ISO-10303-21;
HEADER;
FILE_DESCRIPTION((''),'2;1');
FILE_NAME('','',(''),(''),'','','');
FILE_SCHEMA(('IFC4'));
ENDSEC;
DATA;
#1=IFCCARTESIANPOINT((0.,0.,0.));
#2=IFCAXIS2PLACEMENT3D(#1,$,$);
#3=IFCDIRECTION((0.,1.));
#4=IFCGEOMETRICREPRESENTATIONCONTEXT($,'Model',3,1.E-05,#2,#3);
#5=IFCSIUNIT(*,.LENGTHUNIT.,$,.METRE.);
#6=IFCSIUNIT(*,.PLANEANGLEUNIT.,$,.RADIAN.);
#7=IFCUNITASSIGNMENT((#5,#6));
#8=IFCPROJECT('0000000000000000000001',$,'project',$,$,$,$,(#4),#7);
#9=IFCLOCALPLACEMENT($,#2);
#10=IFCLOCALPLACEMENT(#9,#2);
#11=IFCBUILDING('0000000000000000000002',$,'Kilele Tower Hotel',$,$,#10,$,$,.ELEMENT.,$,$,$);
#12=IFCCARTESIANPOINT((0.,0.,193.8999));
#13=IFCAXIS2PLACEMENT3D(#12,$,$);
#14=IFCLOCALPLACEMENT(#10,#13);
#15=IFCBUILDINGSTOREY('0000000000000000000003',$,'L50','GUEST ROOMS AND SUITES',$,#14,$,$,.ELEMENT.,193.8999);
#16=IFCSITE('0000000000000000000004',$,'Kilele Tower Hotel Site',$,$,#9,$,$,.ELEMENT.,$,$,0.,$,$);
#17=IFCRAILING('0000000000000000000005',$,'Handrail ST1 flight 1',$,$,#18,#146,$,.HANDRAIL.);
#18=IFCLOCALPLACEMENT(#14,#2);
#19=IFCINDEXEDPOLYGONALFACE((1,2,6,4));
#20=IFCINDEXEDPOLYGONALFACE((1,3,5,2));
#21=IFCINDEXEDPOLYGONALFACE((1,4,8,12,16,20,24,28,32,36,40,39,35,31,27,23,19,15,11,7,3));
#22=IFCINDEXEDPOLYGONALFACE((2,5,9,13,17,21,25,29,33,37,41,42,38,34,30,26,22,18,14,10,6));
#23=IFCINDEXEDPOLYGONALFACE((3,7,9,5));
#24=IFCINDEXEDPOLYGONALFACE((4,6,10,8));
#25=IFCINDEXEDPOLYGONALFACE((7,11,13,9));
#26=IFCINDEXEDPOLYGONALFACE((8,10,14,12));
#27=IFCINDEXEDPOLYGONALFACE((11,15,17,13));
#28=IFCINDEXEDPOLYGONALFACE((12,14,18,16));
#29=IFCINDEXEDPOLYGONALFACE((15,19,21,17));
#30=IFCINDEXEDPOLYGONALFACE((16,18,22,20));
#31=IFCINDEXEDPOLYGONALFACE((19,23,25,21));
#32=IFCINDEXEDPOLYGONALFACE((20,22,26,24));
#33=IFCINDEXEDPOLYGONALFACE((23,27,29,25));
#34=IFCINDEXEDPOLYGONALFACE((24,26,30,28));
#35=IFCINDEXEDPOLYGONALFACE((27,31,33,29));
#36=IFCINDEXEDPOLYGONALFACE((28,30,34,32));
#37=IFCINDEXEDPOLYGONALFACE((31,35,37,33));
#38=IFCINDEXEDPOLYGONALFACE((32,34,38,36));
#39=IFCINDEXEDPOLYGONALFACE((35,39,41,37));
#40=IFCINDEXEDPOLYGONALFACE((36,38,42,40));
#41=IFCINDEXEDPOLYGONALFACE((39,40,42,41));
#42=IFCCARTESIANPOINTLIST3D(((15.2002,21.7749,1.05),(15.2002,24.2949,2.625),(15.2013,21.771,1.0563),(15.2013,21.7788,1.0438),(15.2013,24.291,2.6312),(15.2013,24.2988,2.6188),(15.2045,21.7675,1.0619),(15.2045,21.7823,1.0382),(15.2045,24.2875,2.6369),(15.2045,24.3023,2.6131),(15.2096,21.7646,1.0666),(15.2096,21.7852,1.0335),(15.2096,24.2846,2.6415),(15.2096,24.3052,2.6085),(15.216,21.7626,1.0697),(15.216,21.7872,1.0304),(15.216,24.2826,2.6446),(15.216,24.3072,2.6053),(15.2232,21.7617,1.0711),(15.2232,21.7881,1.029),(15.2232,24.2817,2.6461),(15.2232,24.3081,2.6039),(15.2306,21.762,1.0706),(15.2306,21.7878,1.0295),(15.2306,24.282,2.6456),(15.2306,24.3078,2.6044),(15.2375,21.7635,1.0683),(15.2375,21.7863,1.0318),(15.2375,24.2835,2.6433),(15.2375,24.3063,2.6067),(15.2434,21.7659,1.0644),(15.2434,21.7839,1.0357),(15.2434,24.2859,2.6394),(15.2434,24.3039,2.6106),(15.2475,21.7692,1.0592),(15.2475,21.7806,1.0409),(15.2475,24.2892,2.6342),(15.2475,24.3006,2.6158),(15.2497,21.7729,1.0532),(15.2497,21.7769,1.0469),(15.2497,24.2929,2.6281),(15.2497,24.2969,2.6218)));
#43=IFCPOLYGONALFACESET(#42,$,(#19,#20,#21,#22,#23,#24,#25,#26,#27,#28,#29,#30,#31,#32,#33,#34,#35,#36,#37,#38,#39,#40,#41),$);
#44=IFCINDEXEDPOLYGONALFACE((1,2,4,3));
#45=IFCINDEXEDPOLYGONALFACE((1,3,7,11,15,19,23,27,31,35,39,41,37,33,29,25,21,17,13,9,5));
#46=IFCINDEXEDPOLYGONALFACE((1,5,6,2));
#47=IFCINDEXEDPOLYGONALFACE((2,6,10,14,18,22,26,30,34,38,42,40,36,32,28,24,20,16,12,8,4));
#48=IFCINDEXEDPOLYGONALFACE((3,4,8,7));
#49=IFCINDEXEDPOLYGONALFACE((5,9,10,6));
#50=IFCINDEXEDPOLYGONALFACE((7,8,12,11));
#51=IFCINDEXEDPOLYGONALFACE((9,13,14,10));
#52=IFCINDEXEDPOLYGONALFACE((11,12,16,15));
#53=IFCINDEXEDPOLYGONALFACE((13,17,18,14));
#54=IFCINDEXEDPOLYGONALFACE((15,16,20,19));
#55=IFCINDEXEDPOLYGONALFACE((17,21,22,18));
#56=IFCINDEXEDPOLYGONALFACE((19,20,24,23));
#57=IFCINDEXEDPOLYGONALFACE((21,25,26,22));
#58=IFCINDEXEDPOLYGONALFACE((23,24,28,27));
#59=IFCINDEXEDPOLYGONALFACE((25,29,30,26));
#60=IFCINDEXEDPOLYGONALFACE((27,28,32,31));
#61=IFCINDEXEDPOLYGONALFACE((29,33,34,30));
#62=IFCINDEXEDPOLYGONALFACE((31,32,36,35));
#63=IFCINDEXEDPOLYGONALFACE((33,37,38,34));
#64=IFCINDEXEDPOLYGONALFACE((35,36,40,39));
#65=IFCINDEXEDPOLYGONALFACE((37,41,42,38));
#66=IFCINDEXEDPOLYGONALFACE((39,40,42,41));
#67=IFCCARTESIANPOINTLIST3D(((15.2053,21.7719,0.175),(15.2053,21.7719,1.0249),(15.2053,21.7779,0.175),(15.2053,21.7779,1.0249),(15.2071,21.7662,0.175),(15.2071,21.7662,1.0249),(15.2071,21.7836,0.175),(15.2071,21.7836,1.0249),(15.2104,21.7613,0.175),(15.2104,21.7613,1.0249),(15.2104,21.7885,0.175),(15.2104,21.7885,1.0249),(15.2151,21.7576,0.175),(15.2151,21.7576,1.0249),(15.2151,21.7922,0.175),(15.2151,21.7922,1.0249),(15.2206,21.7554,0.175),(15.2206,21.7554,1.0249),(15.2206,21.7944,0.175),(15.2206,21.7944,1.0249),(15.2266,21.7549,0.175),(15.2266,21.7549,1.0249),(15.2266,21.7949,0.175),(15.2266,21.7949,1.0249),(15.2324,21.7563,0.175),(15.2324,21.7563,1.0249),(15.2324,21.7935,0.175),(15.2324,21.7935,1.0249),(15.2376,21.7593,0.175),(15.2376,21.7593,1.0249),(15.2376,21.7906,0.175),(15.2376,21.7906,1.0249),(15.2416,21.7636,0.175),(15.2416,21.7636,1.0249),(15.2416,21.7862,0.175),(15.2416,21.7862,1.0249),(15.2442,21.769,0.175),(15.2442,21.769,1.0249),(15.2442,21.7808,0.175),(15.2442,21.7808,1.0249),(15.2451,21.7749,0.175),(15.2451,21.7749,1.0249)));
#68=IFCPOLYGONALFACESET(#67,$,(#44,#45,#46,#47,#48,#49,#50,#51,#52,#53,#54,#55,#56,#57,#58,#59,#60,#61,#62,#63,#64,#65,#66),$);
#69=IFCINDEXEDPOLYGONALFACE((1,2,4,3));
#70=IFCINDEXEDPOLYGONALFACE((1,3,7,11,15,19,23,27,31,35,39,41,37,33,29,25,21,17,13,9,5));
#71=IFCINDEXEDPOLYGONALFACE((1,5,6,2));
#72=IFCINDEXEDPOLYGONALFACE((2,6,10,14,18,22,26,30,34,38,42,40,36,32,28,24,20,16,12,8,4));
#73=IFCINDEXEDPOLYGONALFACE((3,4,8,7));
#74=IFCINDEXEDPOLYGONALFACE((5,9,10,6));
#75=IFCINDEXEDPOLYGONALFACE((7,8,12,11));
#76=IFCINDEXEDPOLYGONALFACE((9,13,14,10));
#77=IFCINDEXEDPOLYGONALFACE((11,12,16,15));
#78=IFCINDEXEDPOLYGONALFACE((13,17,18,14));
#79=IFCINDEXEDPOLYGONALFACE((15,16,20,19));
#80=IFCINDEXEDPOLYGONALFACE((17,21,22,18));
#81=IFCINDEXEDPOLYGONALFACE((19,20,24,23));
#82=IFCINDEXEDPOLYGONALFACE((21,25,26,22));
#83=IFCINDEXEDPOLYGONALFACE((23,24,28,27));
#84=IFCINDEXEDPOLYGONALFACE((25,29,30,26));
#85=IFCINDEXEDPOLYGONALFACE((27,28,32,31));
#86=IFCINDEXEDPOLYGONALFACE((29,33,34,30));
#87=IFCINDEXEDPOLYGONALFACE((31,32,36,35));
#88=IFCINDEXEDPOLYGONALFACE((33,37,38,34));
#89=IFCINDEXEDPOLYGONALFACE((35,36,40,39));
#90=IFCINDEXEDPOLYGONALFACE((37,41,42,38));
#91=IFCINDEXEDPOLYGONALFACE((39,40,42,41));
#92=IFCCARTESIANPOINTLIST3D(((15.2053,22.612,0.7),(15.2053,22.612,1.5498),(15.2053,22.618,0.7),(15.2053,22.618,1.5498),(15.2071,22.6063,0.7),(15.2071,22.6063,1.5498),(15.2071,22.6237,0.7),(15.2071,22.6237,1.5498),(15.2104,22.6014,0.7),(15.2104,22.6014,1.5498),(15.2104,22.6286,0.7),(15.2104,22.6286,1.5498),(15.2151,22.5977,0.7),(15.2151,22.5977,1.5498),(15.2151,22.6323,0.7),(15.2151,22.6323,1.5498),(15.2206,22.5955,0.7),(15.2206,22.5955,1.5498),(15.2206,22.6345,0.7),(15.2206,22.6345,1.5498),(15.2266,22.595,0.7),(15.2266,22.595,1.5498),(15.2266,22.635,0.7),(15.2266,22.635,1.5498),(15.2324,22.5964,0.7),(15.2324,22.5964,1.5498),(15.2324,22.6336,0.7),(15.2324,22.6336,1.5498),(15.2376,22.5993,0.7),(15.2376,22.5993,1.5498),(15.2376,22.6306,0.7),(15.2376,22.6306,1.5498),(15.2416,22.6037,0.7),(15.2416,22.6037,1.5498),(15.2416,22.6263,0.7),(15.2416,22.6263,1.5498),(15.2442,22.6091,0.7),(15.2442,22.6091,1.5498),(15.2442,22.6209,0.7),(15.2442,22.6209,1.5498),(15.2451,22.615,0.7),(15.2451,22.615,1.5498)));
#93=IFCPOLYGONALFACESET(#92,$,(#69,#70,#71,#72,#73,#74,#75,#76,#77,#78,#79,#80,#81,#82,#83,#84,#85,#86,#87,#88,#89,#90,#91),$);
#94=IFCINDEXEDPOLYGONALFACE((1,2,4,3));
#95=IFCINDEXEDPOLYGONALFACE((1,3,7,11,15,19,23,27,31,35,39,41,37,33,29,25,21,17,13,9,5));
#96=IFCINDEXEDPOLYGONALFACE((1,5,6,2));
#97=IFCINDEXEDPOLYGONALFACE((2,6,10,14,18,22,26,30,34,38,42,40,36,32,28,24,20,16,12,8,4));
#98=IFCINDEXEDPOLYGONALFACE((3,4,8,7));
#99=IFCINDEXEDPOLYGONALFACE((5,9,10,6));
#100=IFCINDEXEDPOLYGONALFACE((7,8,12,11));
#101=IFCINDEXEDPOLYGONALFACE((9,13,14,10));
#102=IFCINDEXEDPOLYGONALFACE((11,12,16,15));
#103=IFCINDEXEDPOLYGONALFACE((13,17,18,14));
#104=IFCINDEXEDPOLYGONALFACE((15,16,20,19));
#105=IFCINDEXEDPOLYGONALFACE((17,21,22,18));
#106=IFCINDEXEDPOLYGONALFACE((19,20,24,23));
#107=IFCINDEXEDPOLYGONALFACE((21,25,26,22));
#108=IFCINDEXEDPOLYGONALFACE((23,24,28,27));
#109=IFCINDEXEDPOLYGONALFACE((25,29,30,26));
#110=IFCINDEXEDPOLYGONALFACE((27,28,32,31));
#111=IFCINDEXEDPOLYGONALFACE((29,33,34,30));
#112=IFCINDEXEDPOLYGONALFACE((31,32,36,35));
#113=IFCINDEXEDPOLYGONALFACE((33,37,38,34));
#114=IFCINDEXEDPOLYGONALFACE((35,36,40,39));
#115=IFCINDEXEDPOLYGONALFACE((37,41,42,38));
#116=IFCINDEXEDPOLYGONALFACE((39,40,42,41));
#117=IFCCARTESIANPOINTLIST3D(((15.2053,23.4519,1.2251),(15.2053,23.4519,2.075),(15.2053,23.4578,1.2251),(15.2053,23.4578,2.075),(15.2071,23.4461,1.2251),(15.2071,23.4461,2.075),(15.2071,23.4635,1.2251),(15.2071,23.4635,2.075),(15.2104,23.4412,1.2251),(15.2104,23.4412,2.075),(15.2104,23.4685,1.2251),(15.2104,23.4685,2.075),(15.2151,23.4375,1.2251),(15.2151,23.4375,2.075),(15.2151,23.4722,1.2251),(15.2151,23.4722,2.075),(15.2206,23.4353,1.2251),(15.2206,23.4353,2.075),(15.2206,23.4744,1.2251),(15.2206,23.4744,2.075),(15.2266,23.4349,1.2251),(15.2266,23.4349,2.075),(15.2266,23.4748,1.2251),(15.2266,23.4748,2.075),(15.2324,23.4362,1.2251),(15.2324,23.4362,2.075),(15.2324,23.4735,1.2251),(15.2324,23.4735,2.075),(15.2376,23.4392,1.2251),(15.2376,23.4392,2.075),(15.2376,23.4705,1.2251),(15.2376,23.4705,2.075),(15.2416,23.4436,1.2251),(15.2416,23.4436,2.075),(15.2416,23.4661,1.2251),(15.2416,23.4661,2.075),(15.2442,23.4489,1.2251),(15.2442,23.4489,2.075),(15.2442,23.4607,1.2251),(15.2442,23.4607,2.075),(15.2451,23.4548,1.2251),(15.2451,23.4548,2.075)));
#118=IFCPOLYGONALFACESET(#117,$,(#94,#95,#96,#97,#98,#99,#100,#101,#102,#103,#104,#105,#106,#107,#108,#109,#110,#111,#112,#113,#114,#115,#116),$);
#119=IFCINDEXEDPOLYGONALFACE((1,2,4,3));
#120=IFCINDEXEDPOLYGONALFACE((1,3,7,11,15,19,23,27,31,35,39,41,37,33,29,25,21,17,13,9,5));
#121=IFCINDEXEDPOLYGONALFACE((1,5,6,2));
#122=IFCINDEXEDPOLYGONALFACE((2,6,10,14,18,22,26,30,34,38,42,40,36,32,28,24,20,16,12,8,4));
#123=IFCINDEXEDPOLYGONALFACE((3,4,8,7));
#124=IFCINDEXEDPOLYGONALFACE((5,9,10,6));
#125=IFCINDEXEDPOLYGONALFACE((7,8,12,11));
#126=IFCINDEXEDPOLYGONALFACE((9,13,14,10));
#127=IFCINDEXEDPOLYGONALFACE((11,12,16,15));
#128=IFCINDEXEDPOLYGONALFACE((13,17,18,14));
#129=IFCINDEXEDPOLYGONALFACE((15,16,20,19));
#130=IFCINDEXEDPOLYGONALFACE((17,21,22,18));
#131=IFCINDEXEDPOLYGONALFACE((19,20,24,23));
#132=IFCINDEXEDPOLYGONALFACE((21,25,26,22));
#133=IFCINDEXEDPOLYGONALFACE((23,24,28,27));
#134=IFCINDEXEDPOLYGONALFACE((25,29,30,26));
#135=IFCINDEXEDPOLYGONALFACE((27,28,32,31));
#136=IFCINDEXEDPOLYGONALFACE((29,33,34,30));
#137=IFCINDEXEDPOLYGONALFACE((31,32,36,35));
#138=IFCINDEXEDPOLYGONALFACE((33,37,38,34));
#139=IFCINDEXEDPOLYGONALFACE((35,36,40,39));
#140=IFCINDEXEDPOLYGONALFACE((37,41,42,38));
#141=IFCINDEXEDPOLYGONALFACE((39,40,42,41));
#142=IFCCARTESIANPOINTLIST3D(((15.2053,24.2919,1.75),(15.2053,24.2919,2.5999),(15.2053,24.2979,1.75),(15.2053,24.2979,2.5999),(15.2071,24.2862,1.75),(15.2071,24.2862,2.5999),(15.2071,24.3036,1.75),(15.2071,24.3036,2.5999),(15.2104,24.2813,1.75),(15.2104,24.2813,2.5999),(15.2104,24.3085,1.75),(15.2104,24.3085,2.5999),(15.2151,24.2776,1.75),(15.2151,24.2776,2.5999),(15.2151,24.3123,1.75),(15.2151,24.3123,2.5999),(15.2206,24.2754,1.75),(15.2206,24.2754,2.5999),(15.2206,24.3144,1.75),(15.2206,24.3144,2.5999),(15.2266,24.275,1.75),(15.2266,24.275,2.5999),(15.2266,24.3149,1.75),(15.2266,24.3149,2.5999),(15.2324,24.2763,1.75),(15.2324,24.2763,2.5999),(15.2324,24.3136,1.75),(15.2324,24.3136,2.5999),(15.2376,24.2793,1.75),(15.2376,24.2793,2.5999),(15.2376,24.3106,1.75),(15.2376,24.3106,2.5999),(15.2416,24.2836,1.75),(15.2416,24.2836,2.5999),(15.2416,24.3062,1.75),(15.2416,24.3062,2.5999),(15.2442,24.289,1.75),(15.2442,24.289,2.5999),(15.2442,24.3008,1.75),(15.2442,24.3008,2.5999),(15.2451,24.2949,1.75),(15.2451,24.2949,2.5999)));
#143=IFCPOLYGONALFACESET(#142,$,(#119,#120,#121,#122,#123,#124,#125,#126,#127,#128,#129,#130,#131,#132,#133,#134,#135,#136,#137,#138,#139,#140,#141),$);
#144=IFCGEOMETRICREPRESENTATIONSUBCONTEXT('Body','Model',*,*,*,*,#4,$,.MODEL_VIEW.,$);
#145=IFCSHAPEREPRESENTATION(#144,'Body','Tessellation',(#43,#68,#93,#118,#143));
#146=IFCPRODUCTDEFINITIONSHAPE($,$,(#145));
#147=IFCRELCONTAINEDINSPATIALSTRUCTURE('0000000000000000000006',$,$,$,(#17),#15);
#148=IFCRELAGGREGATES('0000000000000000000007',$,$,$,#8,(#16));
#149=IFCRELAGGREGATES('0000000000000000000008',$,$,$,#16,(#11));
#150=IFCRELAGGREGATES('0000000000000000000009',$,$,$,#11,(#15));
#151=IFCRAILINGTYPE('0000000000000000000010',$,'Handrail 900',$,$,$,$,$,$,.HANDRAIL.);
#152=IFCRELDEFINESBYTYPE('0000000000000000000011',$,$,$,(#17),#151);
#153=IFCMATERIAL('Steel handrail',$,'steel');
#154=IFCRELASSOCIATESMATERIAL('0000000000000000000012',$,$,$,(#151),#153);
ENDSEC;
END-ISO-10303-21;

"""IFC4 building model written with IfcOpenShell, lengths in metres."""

from ifc_helpers import new_model, si_unit, direction, frame, origin, origin_2d, place, context, subcontext, project, spatial, circle, extrude, material, type_object, element, save


model = new_model("IFC4")

# Units and contexts
model_context = context("Model", 3, precision=1e-05, world=origin(), true_north=direction((0.0, 1.0)))
body_context = subcontext(model_context, "Body", "Model", "MODEL_VIEW")
ifc_project = project(units=[si_unit("LENGTHUNIT", "METRE"), si_unit("PLANEANGLEUNIT", "RADIAN")], contexts=[model_context])

# Site, building, storey
site_placement = place(None, origin())
site = spatial("IfcSite", under=ifc_project, at=site_placement, Name="Kilele Tower Hotel Site", CompositionType="ELEMENT", RefElevation=0.0)
building_placement = place(site_placement, origin())
building = spatial("IfcBuilding", under=site, at=building_placement, Name="Kilele Tower Hotel", CompositionType="ELEMENT")
storey_placement = place(building_placement, frame((0.0, 0.0, 193.8999)))
storey = spatial("IfcBuildingStorey", under=building, at=storey_placement, Name="L50", Description="GUEST ROOMS AND SUITES", CompositionType="ELEMENT", Elevation=193.8999)

# Railing
ifc_material_1 = material(Name="Steel handrail", Category="steel")
railing_type_1 = type_object("IfcRailingType", Name="Handrail 900", PredefinedType="HANDRAIL", material=ifc_material_1)
for number, where, name in (
    (1, (15.2251, 21.7749, 0.175), "Handrail ST1 flight 1"),
):
    element("IfcRailing", number, at=place(storey_placement, frame(where)), inside=storey, type_object=railing_type_1, Name=name, PredefinedType="HANDRAIL", context=body_context, shape_type="SweptSolid", body=[
        extrude(circle(Radius=0.0249, at=origin_2d()), frame((0.0, 0.0, 0.875), z_axis=(0.0, 0.848008, 0.529984), x_axis=(-1.0, 0.0, 0.0)), (0.0, 0.0, 1.0), 2.9717),
        extrude(circle(Radius=0.02, at=origin_2d()), origin(), (0.0, 0.0, 1.0), 0.8499),
        extrude(circle(Radius=0.02, at=origin_2d()), frame((0.0, 0.8401, 0.5249)), (0.0, 0.0, 1.0), 0.8499),
        extrude(circle(Radius=0.02, at=origin_2d()), frame((0.0, 1.6799, 1.05)), (0.0, 0.0, 1.0), 0.8499),
        extrude(circle(Radius=0.02, at=origin_2d()), frame((0.0, 2.52, 1.575)), (0.0, 0.0, 1.0), 0.8499),
    ])

save(model, "model.ifc")
